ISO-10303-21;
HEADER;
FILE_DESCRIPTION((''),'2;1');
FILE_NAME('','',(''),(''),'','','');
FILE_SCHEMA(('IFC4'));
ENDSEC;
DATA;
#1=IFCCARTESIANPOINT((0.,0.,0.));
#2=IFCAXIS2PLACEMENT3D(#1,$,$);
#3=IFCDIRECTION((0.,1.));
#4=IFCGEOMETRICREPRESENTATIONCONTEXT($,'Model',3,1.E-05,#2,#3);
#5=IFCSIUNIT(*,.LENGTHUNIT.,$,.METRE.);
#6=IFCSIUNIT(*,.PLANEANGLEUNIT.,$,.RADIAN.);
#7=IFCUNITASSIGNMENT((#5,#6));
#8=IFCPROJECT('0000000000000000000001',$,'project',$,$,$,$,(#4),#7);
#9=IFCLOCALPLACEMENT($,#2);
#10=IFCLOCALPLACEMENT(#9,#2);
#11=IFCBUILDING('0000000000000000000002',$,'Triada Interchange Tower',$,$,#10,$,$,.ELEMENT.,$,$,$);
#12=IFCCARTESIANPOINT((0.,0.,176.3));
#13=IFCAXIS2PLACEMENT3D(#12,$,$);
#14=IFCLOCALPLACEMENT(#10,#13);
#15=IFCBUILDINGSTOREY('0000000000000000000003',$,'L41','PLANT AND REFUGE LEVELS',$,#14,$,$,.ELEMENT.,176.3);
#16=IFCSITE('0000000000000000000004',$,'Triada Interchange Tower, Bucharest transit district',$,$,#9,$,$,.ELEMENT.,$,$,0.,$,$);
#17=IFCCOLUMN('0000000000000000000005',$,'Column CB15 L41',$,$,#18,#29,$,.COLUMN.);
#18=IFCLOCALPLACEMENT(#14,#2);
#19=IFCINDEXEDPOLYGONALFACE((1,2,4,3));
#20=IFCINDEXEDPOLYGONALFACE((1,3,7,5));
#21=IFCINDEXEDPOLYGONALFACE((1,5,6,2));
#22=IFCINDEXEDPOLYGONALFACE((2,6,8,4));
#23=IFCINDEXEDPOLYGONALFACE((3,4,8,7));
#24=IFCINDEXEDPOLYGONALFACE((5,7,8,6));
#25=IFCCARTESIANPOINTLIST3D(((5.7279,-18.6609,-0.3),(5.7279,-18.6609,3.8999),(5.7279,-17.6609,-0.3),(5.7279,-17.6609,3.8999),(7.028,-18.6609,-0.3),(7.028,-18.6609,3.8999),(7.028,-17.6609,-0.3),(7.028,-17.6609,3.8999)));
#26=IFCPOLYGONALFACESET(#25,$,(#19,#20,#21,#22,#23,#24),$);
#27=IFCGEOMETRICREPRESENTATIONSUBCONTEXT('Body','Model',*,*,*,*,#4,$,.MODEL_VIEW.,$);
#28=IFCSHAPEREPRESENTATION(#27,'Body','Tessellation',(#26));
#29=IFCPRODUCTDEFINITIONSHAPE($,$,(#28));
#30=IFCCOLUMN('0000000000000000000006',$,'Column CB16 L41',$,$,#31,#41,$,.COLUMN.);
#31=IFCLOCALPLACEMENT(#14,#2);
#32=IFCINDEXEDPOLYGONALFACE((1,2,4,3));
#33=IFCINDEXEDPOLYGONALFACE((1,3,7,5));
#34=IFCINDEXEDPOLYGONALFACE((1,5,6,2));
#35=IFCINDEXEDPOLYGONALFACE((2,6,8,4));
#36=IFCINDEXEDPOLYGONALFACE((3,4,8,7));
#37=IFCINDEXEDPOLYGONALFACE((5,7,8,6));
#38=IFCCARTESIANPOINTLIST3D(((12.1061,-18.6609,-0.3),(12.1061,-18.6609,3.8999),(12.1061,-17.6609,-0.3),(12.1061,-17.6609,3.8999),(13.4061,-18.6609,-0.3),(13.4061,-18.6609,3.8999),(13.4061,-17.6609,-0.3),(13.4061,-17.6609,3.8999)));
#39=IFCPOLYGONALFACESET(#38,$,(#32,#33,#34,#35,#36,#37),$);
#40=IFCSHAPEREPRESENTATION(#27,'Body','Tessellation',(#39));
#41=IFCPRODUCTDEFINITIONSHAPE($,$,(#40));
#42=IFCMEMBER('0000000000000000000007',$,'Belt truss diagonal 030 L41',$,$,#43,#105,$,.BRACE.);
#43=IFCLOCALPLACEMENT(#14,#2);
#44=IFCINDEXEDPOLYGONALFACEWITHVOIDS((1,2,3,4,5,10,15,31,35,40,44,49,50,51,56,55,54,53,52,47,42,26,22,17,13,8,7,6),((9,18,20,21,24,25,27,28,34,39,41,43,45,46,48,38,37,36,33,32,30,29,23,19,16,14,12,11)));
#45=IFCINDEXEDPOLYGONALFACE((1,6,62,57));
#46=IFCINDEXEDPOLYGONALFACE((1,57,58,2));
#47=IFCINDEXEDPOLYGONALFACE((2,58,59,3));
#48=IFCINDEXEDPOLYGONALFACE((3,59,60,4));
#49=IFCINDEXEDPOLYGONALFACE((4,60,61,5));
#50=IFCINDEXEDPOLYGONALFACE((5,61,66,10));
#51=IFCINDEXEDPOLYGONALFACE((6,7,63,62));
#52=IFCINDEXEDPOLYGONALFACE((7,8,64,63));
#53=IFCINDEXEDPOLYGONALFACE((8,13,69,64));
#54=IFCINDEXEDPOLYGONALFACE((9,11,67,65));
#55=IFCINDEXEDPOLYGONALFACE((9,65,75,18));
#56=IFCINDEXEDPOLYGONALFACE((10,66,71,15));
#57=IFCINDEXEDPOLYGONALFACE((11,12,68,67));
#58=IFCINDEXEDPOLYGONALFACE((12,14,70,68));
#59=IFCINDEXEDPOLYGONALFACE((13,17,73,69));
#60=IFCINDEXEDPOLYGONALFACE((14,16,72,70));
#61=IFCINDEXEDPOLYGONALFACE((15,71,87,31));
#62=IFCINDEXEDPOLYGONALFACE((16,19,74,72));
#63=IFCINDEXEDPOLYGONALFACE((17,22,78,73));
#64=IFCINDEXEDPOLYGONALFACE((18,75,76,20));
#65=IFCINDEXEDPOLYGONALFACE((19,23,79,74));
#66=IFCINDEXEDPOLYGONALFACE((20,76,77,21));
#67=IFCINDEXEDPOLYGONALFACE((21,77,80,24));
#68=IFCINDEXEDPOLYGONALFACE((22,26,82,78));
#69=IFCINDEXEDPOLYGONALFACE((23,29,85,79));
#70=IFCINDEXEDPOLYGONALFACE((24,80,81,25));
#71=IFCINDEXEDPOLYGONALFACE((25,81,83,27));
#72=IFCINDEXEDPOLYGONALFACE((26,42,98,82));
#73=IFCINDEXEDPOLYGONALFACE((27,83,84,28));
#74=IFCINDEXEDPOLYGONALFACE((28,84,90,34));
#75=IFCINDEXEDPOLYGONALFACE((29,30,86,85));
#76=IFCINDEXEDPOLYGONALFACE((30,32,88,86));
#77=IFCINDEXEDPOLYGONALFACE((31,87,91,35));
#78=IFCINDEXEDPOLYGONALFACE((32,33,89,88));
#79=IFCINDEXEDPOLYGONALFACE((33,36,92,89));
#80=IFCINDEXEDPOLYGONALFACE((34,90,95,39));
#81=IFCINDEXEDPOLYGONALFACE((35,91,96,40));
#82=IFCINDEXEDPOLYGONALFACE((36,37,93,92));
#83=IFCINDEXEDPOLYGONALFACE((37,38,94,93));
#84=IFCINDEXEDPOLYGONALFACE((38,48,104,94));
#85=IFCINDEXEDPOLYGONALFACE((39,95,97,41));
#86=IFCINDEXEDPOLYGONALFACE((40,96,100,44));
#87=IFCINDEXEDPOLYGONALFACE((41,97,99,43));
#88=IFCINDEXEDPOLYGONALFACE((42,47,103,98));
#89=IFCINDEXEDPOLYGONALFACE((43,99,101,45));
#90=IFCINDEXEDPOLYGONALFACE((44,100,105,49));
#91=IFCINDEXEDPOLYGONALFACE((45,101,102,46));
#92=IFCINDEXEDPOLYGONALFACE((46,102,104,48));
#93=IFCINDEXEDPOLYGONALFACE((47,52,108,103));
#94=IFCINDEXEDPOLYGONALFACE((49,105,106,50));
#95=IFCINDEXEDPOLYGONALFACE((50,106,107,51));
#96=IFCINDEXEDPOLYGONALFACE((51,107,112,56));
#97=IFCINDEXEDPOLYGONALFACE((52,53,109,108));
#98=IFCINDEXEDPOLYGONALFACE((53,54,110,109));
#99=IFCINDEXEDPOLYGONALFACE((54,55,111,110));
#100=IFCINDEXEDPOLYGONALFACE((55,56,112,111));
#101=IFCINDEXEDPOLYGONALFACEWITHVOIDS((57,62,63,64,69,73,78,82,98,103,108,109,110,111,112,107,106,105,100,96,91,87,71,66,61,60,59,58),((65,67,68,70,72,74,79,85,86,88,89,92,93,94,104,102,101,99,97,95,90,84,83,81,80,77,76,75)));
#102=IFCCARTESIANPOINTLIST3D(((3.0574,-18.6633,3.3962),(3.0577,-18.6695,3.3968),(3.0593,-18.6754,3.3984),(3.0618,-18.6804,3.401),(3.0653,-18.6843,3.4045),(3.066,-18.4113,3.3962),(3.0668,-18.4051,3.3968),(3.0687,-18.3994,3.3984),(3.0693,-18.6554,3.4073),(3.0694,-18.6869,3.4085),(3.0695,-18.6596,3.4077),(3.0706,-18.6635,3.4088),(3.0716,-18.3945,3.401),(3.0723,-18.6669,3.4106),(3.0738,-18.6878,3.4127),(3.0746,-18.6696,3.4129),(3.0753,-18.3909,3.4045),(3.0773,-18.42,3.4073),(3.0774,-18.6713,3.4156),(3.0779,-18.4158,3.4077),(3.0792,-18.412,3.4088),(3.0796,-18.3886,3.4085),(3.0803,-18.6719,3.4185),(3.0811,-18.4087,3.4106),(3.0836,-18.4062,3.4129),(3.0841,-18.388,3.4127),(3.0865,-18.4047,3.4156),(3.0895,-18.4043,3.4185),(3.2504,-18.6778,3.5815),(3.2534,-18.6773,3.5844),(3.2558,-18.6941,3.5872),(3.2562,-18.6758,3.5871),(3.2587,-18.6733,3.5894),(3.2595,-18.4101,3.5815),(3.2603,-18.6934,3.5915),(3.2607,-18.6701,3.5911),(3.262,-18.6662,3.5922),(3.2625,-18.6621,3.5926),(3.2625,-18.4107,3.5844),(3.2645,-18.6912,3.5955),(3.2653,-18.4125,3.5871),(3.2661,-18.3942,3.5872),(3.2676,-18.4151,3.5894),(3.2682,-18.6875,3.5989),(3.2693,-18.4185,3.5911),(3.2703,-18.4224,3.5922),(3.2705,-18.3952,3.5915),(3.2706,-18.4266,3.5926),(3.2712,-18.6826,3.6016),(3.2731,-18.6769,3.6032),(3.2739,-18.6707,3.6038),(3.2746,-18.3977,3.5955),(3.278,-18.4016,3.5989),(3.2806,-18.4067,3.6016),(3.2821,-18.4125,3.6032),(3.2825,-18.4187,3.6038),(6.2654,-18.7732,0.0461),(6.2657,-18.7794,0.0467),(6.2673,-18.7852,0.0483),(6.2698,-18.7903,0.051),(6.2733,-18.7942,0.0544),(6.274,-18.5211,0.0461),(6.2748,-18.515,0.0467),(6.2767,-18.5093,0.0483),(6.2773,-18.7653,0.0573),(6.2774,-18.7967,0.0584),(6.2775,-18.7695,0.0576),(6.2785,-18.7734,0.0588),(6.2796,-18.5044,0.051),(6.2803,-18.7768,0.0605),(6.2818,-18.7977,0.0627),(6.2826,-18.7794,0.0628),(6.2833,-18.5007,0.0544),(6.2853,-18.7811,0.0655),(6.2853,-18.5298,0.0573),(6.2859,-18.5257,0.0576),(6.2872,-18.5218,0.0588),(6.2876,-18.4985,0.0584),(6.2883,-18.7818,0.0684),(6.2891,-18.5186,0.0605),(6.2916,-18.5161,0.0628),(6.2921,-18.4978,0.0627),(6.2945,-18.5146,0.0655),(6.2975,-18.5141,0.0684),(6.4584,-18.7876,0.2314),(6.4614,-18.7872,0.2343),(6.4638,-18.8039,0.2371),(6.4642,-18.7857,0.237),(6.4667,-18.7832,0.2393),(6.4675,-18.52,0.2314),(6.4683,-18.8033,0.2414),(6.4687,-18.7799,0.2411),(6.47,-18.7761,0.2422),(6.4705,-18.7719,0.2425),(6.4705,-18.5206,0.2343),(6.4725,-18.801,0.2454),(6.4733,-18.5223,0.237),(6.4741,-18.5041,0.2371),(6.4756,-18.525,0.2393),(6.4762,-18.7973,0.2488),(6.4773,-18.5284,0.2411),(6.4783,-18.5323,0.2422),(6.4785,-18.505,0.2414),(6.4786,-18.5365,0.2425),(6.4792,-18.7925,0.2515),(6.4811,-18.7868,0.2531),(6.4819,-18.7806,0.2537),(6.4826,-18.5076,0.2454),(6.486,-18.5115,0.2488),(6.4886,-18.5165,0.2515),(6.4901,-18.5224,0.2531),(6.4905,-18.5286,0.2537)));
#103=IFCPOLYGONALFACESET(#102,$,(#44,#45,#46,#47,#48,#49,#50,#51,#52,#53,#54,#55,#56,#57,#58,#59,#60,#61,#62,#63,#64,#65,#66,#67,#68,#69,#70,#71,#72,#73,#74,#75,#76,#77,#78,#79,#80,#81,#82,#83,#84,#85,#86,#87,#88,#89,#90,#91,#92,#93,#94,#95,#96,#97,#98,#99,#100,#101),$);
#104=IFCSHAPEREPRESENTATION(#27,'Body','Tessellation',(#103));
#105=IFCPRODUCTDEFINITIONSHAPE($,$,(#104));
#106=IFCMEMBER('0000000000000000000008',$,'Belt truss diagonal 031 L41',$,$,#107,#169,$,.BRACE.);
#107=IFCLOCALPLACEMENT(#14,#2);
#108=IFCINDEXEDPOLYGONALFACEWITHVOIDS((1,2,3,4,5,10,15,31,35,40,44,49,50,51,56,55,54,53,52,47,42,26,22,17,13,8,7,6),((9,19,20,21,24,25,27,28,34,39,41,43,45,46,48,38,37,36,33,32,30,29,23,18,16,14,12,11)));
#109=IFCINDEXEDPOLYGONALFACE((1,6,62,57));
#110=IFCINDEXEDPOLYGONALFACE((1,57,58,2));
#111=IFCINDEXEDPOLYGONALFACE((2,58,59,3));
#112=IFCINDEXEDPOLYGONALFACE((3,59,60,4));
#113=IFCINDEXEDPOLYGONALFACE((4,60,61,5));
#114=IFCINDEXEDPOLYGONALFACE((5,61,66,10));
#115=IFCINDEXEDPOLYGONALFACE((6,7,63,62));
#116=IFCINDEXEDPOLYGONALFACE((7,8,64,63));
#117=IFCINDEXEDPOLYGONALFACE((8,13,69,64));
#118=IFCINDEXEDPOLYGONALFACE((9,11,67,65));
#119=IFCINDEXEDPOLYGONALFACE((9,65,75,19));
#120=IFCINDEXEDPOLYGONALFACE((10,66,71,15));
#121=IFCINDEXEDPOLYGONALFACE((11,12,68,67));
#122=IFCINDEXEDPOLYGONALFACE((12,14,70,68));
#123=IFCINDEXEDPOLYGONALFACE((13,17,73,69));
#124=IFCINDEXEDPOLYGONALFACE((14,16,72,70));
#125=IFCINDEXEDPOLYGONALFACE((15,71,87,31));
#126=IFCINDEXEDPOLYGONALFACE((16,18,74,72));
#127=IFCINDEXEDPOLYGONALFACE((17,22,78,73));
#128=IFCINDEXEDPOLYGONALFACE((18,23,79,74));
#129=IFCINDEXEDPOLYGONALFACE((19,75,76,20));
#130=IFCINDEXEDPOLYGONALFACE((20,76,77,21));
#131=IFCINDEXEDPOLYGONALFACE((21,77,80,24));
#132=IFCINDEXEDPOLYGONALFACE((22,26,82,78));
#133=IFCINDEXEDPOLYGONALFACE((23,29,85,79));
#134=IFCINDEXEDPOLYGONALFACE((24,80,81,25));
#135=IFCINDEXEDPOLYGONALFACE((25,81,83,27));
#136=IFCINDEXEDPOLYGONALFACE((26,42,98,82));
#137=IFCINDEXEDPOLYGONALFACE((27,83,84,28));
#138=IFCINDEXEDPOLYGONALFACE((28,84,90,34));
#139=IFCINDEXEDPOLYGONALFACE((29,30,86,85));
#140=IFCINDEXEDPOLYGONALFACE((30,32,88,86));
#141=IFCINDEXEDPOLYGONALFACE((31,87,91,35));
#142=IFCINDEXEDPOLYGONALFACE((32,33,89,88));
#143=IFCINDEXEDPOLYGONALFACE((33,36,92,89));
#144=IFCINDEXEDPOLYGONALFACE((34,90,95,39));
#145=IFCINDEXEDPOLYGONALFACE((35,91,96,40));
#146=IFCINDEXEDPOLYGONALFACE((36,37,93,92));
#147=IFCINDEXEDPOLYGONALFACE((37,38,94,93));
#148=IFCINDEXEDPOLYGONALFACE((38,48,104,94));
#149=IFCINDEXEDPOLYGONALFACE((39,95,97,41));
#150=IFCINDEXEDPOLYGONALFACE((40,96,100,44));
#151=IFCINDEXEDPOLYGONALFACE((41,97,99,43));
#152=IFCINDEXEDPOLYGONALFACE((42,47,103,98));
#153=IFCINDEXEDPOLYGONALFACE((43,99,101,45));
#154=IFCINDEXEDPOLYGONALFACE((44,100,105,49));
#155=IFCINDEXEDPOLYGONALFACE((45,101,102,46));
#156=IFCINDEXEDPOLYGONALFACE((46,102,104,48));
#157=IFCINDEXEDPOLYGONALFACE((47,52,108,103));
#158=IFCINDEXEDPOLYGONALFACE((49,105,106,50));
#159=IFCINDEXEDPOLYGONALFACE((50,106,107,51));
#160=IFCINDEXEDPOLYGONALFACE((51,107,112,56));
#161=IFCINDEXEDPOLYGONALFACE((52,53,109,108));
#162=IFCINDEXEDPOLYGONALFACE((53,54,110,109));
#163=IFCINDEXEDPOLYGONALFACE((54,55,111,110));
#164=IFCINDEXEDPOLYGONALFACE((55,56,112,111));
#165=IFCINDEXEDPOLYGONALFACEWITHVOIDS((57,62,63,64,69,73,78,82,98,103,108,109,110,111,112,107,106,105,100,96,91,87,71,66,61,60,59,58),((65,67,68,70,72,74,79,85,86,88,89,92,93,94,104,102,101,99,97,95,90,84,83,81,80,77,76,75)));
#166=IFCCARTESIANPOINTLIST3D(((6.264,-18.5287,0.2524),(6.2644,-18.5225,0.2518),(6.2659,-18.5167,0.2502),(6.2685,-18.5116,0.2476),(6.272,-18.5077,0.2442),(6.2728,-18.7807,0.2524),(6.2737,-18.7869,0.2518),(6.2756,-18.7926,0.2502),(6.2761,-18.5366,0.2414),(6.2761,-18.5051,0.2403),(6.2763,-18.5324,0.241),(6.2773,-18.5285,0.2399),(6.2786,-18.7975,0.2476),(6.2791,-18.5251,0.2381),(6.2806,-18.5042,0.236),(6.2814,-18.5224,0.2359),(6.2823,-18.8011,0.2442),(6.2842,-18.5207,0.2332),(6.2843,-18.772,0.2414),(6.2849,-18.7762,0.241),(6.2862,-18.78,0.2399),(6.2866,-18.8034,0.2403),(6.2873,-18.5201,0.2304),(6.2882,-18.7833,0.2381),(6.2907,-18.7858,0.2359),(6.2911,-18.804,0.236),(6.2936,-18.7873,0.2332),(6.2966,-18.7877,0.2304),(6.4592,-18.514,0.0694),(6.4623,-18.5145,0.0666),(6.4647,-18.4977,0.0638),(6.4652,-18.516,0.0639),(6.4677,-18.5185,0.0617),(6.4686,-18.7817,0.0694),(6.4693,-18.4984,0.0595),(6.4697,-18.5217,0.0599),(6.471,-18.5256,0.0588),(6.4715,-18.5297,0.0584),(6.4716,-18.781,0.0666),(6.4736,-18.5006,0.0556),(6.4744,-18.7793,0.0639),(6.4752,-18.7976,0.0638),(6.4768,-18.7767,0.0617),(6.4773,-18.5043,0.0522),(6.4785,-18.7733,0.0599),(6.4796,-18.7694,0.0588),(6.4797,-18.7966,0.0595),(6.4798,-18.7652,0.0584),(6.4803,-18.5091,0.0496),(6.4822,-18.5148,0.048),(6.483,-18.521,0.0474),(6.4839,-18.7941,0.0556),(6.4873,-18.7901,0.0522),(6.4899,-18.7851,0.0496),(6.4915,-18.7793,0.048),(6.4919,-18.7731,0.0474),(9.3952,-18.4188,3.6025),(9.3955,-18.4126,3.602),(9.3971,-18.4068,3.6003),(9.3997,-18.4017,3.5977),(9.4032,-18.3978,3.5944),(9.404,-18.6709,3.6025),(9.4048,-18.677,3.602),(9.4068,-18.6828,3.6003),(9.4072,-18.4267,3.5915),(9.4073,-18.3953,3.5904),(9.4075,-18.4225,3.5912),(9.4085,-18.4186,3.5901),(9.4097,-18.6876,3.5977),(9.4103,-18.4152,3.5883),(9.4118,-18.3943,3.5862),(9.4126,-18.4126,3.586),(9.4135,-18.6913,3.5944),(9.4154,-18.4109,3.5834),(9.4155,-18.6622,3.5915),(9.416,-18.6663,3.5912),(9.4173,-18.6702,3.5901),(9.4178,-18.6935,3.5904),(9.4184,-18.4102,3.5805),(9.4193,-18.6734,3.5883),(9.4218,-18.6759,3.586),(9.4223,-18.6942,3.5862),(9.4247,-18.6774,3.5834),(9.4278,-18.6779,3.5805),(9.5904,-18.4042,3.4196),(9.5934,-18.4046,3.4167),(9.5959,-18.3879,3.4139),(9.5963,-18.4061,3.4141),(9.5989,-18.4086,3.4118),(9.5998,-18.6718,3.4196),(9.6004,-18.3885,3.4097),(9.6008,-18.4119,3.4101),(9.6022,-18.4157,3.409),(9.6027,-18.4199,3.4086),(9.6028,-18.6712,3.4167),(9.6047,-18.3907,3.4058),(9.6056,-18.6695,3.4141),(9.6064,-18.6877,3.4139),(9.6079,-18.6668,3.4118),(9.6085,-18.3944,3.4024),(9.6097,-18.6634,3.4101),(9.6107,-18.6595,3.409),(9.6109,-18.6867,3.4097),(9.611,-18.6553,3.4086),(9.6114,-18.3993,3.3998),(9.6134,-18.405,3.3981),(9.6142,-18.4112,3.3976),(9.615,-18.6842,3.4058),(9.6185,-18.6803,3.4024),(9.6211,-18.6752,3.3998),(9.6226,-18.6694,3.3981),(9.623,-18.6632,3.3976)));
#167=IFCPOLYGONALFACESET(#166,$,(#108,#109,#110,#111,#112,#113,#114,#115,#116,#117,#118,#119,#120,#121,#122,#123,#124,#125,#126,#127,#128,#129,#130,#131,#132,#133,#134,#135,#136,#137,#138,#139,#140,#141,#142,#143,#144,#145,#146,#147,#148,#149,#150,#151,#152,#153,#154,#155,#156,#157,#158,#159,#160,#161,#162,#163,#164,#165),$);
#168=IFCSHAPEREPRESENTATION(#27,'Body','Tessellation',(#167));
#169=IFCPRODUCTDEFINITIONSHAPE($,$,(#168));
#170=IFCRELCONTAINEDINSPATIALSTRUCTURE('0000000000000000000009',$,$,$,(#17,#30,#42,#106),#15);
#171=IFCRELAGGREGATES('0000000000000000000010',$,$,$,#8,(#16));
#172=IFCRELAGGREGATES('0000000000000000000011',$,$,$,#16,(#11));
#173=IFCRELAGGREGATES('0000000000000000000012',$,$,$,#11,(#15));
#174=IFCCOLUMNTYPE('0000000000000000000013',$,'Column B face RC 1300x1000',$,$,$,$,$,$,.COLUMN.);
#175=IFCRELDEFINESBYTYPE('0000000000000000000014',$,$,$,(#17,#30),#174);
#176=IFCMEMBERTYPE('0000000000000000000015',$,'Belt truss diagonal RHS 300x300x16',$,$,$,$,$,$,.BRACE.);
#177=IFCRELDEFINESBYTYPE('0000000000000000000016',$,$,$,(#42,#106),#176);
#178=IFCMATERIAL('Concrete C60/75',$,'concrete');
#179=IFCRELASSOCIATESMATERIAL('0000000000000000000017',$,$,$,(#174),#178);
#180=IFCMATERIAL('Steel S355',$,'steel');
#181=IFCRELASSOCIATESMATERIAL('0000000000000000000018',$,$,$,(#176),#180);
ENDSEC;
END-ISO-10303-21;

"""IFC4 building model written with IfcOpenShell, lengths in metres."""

from ifc_helpers import new_model, si_unit, direction, frame, origin, origin_2d, place, context, subcontext, project, spatial, rectangle, hollow_rectangle, extrude, material, material_profile, profile_set, type_object, element, save


model = new_model("IFC4")

# Units and contexts
model_context = context("Model", 3, precision=1e-05, world=origin(), true_north=direction((0.0, 1.0)))
body_context = subcontext(model_context, "Body", "Model", "MODEL_VIEW")
ifc_project = project(units=[si_unit("LENGTHUNIT", "METRE"), si_unit("PLANEANGLEUNIT", "RADIAN")], contexts=[model_context])

# Site, building, storey
site_placement = place(None, origin())
site = spatial("IfcSite", under=ifc_project, at=site_placement, Name="Triada Interchange Tower, Bucharest transit district", CompositionType="ELEMENT", RefElevation=0.0)
building_placement = place(site_placement, origin())
building = spatial("IfcBuilding", under=site, at=building_placement, Name="Triada Interchange Tower", CompositionType="ELEMENT")
storey_placement = place(building_placement, frame((0.0, 0.0, 176.3)))
storey = spatial("IfcBuildingStorey", under=building, at=storey_placement, Name="L41", Description="PLANT AND REFUGE LEVELS", CompositionType="ELEMENT", Elevation=176.3)

# Columns
ifc_material_1 = material(Name="Concrete C60/75", Category="concrete")
ifc_material_profile_1 = material_profile(ifc_material_1, rectangle(XDim=1.3, YDim=1.0, at=origin_2d()), Name="RC 1300x1000")
ifc_profile_set_1 = profile_set([ifc_material_profile_1], Name="Concrete C60/75")
column_type = type_object("IfcColumnType", Name="Column B face RC 1300x1000", PredefinedType="COLUMN", material=ifc_profile_set_1)
for number, where, z_axis, x_axis, name in (
    (1, (6.3779, -18.1609, -0.3), (0.0, 0.0, 1.0), (1.0, 0.0, 0.0), "Column CB15 L41"),
    (2, (12.7561, -18.1609, -0.3), (0.0, 0.0, 1.0), (1.0, 0.0, 0.0), "Column CB16 L41"),
):
    element("IfcColumn", number, at=place(storey_placement, frame(where, z_axis=z_axis, x_axis=x_axis)), inside=storey, type_object=column_type, Name=name, PredefinedType="COLUMN", context=body_context, shape_type="SweptSolid", body=[
        extrude(rectangle(XDim=1.3, YDim=1.0, at=origin_2d()), origin(), (0.0, 0.0, 1.0), 4.2),
    ])

# Members
ifc_material_2 = material(Name="Steel S355", Category="steel")
ifc_material_profile_2 = material_profile(ifc_material_2, hollow_rectangle(XDim=0.3, YDim=0.3, WallThickness=0.0161, InnerFilletRadius=0.0161, OuterFilletRadius=0.0239, at=origin_2d()), Name="RHS 300x300x16")
ifc_profile_set_2 = profile_set([ifc_material_profile_2], Name="Steel S355")
member_type_1 = type_object("IfcMemberType", Name="Belt truss diagonal RHS 300x300x16", PredefinedType="BRACE", material=ifc_profile_set_2)
member_1_placement = place(storey_placement, frame((6.3779, -18.6509, 0.1499), z_axis=(-0.69143, 0.023679, 0.722055), x_axis=(-0.034227, -0.999414, 0.0)))
element("IfcMember", 3, at=member_1_placement, inside=storey, type_object=member_type_1, Name="Belt truss diagonal 030 L41", PredefinedType="BRACE", context=body_context, shape_type="SweptSolid", body=[
    extrude(hollow_rectangle(XDim=0.3, YDim=0.3, WallThickness=0.0161, InnerFilletRadius=0.0161, OuterFilletRadius=0.0239, at=origin_2d()), origin(), (0.0, 0.0, 1.0), 4.6396),
])
member_2_placement = place(storey_placement, frame((6.3779, -18.6509, 0.1499), z_axis=(0.682629, 0.023952, 0.730373), x_axis=(-0.035066, 0.999385, 0.0)))
element("IfcMember", 4, at=member_2_placement, inside=storey, type_object=member_type_1, Name="Belt truss diagonal 031 L41", PredefinedType="BRACE", context=body_context, shape_type="SweptSolid", body=[
    extrude(hollow_rectangle(XDim=0.3, YDim=0.3, WallThickness=0.0161, InnerFilletRadius=0.0161, OuterFilletRadius=0.0239, at=origin_2d()), origin(), (0.0, 0.0, 1.0), 4.5869),
])

save(model, "model.ifc")
